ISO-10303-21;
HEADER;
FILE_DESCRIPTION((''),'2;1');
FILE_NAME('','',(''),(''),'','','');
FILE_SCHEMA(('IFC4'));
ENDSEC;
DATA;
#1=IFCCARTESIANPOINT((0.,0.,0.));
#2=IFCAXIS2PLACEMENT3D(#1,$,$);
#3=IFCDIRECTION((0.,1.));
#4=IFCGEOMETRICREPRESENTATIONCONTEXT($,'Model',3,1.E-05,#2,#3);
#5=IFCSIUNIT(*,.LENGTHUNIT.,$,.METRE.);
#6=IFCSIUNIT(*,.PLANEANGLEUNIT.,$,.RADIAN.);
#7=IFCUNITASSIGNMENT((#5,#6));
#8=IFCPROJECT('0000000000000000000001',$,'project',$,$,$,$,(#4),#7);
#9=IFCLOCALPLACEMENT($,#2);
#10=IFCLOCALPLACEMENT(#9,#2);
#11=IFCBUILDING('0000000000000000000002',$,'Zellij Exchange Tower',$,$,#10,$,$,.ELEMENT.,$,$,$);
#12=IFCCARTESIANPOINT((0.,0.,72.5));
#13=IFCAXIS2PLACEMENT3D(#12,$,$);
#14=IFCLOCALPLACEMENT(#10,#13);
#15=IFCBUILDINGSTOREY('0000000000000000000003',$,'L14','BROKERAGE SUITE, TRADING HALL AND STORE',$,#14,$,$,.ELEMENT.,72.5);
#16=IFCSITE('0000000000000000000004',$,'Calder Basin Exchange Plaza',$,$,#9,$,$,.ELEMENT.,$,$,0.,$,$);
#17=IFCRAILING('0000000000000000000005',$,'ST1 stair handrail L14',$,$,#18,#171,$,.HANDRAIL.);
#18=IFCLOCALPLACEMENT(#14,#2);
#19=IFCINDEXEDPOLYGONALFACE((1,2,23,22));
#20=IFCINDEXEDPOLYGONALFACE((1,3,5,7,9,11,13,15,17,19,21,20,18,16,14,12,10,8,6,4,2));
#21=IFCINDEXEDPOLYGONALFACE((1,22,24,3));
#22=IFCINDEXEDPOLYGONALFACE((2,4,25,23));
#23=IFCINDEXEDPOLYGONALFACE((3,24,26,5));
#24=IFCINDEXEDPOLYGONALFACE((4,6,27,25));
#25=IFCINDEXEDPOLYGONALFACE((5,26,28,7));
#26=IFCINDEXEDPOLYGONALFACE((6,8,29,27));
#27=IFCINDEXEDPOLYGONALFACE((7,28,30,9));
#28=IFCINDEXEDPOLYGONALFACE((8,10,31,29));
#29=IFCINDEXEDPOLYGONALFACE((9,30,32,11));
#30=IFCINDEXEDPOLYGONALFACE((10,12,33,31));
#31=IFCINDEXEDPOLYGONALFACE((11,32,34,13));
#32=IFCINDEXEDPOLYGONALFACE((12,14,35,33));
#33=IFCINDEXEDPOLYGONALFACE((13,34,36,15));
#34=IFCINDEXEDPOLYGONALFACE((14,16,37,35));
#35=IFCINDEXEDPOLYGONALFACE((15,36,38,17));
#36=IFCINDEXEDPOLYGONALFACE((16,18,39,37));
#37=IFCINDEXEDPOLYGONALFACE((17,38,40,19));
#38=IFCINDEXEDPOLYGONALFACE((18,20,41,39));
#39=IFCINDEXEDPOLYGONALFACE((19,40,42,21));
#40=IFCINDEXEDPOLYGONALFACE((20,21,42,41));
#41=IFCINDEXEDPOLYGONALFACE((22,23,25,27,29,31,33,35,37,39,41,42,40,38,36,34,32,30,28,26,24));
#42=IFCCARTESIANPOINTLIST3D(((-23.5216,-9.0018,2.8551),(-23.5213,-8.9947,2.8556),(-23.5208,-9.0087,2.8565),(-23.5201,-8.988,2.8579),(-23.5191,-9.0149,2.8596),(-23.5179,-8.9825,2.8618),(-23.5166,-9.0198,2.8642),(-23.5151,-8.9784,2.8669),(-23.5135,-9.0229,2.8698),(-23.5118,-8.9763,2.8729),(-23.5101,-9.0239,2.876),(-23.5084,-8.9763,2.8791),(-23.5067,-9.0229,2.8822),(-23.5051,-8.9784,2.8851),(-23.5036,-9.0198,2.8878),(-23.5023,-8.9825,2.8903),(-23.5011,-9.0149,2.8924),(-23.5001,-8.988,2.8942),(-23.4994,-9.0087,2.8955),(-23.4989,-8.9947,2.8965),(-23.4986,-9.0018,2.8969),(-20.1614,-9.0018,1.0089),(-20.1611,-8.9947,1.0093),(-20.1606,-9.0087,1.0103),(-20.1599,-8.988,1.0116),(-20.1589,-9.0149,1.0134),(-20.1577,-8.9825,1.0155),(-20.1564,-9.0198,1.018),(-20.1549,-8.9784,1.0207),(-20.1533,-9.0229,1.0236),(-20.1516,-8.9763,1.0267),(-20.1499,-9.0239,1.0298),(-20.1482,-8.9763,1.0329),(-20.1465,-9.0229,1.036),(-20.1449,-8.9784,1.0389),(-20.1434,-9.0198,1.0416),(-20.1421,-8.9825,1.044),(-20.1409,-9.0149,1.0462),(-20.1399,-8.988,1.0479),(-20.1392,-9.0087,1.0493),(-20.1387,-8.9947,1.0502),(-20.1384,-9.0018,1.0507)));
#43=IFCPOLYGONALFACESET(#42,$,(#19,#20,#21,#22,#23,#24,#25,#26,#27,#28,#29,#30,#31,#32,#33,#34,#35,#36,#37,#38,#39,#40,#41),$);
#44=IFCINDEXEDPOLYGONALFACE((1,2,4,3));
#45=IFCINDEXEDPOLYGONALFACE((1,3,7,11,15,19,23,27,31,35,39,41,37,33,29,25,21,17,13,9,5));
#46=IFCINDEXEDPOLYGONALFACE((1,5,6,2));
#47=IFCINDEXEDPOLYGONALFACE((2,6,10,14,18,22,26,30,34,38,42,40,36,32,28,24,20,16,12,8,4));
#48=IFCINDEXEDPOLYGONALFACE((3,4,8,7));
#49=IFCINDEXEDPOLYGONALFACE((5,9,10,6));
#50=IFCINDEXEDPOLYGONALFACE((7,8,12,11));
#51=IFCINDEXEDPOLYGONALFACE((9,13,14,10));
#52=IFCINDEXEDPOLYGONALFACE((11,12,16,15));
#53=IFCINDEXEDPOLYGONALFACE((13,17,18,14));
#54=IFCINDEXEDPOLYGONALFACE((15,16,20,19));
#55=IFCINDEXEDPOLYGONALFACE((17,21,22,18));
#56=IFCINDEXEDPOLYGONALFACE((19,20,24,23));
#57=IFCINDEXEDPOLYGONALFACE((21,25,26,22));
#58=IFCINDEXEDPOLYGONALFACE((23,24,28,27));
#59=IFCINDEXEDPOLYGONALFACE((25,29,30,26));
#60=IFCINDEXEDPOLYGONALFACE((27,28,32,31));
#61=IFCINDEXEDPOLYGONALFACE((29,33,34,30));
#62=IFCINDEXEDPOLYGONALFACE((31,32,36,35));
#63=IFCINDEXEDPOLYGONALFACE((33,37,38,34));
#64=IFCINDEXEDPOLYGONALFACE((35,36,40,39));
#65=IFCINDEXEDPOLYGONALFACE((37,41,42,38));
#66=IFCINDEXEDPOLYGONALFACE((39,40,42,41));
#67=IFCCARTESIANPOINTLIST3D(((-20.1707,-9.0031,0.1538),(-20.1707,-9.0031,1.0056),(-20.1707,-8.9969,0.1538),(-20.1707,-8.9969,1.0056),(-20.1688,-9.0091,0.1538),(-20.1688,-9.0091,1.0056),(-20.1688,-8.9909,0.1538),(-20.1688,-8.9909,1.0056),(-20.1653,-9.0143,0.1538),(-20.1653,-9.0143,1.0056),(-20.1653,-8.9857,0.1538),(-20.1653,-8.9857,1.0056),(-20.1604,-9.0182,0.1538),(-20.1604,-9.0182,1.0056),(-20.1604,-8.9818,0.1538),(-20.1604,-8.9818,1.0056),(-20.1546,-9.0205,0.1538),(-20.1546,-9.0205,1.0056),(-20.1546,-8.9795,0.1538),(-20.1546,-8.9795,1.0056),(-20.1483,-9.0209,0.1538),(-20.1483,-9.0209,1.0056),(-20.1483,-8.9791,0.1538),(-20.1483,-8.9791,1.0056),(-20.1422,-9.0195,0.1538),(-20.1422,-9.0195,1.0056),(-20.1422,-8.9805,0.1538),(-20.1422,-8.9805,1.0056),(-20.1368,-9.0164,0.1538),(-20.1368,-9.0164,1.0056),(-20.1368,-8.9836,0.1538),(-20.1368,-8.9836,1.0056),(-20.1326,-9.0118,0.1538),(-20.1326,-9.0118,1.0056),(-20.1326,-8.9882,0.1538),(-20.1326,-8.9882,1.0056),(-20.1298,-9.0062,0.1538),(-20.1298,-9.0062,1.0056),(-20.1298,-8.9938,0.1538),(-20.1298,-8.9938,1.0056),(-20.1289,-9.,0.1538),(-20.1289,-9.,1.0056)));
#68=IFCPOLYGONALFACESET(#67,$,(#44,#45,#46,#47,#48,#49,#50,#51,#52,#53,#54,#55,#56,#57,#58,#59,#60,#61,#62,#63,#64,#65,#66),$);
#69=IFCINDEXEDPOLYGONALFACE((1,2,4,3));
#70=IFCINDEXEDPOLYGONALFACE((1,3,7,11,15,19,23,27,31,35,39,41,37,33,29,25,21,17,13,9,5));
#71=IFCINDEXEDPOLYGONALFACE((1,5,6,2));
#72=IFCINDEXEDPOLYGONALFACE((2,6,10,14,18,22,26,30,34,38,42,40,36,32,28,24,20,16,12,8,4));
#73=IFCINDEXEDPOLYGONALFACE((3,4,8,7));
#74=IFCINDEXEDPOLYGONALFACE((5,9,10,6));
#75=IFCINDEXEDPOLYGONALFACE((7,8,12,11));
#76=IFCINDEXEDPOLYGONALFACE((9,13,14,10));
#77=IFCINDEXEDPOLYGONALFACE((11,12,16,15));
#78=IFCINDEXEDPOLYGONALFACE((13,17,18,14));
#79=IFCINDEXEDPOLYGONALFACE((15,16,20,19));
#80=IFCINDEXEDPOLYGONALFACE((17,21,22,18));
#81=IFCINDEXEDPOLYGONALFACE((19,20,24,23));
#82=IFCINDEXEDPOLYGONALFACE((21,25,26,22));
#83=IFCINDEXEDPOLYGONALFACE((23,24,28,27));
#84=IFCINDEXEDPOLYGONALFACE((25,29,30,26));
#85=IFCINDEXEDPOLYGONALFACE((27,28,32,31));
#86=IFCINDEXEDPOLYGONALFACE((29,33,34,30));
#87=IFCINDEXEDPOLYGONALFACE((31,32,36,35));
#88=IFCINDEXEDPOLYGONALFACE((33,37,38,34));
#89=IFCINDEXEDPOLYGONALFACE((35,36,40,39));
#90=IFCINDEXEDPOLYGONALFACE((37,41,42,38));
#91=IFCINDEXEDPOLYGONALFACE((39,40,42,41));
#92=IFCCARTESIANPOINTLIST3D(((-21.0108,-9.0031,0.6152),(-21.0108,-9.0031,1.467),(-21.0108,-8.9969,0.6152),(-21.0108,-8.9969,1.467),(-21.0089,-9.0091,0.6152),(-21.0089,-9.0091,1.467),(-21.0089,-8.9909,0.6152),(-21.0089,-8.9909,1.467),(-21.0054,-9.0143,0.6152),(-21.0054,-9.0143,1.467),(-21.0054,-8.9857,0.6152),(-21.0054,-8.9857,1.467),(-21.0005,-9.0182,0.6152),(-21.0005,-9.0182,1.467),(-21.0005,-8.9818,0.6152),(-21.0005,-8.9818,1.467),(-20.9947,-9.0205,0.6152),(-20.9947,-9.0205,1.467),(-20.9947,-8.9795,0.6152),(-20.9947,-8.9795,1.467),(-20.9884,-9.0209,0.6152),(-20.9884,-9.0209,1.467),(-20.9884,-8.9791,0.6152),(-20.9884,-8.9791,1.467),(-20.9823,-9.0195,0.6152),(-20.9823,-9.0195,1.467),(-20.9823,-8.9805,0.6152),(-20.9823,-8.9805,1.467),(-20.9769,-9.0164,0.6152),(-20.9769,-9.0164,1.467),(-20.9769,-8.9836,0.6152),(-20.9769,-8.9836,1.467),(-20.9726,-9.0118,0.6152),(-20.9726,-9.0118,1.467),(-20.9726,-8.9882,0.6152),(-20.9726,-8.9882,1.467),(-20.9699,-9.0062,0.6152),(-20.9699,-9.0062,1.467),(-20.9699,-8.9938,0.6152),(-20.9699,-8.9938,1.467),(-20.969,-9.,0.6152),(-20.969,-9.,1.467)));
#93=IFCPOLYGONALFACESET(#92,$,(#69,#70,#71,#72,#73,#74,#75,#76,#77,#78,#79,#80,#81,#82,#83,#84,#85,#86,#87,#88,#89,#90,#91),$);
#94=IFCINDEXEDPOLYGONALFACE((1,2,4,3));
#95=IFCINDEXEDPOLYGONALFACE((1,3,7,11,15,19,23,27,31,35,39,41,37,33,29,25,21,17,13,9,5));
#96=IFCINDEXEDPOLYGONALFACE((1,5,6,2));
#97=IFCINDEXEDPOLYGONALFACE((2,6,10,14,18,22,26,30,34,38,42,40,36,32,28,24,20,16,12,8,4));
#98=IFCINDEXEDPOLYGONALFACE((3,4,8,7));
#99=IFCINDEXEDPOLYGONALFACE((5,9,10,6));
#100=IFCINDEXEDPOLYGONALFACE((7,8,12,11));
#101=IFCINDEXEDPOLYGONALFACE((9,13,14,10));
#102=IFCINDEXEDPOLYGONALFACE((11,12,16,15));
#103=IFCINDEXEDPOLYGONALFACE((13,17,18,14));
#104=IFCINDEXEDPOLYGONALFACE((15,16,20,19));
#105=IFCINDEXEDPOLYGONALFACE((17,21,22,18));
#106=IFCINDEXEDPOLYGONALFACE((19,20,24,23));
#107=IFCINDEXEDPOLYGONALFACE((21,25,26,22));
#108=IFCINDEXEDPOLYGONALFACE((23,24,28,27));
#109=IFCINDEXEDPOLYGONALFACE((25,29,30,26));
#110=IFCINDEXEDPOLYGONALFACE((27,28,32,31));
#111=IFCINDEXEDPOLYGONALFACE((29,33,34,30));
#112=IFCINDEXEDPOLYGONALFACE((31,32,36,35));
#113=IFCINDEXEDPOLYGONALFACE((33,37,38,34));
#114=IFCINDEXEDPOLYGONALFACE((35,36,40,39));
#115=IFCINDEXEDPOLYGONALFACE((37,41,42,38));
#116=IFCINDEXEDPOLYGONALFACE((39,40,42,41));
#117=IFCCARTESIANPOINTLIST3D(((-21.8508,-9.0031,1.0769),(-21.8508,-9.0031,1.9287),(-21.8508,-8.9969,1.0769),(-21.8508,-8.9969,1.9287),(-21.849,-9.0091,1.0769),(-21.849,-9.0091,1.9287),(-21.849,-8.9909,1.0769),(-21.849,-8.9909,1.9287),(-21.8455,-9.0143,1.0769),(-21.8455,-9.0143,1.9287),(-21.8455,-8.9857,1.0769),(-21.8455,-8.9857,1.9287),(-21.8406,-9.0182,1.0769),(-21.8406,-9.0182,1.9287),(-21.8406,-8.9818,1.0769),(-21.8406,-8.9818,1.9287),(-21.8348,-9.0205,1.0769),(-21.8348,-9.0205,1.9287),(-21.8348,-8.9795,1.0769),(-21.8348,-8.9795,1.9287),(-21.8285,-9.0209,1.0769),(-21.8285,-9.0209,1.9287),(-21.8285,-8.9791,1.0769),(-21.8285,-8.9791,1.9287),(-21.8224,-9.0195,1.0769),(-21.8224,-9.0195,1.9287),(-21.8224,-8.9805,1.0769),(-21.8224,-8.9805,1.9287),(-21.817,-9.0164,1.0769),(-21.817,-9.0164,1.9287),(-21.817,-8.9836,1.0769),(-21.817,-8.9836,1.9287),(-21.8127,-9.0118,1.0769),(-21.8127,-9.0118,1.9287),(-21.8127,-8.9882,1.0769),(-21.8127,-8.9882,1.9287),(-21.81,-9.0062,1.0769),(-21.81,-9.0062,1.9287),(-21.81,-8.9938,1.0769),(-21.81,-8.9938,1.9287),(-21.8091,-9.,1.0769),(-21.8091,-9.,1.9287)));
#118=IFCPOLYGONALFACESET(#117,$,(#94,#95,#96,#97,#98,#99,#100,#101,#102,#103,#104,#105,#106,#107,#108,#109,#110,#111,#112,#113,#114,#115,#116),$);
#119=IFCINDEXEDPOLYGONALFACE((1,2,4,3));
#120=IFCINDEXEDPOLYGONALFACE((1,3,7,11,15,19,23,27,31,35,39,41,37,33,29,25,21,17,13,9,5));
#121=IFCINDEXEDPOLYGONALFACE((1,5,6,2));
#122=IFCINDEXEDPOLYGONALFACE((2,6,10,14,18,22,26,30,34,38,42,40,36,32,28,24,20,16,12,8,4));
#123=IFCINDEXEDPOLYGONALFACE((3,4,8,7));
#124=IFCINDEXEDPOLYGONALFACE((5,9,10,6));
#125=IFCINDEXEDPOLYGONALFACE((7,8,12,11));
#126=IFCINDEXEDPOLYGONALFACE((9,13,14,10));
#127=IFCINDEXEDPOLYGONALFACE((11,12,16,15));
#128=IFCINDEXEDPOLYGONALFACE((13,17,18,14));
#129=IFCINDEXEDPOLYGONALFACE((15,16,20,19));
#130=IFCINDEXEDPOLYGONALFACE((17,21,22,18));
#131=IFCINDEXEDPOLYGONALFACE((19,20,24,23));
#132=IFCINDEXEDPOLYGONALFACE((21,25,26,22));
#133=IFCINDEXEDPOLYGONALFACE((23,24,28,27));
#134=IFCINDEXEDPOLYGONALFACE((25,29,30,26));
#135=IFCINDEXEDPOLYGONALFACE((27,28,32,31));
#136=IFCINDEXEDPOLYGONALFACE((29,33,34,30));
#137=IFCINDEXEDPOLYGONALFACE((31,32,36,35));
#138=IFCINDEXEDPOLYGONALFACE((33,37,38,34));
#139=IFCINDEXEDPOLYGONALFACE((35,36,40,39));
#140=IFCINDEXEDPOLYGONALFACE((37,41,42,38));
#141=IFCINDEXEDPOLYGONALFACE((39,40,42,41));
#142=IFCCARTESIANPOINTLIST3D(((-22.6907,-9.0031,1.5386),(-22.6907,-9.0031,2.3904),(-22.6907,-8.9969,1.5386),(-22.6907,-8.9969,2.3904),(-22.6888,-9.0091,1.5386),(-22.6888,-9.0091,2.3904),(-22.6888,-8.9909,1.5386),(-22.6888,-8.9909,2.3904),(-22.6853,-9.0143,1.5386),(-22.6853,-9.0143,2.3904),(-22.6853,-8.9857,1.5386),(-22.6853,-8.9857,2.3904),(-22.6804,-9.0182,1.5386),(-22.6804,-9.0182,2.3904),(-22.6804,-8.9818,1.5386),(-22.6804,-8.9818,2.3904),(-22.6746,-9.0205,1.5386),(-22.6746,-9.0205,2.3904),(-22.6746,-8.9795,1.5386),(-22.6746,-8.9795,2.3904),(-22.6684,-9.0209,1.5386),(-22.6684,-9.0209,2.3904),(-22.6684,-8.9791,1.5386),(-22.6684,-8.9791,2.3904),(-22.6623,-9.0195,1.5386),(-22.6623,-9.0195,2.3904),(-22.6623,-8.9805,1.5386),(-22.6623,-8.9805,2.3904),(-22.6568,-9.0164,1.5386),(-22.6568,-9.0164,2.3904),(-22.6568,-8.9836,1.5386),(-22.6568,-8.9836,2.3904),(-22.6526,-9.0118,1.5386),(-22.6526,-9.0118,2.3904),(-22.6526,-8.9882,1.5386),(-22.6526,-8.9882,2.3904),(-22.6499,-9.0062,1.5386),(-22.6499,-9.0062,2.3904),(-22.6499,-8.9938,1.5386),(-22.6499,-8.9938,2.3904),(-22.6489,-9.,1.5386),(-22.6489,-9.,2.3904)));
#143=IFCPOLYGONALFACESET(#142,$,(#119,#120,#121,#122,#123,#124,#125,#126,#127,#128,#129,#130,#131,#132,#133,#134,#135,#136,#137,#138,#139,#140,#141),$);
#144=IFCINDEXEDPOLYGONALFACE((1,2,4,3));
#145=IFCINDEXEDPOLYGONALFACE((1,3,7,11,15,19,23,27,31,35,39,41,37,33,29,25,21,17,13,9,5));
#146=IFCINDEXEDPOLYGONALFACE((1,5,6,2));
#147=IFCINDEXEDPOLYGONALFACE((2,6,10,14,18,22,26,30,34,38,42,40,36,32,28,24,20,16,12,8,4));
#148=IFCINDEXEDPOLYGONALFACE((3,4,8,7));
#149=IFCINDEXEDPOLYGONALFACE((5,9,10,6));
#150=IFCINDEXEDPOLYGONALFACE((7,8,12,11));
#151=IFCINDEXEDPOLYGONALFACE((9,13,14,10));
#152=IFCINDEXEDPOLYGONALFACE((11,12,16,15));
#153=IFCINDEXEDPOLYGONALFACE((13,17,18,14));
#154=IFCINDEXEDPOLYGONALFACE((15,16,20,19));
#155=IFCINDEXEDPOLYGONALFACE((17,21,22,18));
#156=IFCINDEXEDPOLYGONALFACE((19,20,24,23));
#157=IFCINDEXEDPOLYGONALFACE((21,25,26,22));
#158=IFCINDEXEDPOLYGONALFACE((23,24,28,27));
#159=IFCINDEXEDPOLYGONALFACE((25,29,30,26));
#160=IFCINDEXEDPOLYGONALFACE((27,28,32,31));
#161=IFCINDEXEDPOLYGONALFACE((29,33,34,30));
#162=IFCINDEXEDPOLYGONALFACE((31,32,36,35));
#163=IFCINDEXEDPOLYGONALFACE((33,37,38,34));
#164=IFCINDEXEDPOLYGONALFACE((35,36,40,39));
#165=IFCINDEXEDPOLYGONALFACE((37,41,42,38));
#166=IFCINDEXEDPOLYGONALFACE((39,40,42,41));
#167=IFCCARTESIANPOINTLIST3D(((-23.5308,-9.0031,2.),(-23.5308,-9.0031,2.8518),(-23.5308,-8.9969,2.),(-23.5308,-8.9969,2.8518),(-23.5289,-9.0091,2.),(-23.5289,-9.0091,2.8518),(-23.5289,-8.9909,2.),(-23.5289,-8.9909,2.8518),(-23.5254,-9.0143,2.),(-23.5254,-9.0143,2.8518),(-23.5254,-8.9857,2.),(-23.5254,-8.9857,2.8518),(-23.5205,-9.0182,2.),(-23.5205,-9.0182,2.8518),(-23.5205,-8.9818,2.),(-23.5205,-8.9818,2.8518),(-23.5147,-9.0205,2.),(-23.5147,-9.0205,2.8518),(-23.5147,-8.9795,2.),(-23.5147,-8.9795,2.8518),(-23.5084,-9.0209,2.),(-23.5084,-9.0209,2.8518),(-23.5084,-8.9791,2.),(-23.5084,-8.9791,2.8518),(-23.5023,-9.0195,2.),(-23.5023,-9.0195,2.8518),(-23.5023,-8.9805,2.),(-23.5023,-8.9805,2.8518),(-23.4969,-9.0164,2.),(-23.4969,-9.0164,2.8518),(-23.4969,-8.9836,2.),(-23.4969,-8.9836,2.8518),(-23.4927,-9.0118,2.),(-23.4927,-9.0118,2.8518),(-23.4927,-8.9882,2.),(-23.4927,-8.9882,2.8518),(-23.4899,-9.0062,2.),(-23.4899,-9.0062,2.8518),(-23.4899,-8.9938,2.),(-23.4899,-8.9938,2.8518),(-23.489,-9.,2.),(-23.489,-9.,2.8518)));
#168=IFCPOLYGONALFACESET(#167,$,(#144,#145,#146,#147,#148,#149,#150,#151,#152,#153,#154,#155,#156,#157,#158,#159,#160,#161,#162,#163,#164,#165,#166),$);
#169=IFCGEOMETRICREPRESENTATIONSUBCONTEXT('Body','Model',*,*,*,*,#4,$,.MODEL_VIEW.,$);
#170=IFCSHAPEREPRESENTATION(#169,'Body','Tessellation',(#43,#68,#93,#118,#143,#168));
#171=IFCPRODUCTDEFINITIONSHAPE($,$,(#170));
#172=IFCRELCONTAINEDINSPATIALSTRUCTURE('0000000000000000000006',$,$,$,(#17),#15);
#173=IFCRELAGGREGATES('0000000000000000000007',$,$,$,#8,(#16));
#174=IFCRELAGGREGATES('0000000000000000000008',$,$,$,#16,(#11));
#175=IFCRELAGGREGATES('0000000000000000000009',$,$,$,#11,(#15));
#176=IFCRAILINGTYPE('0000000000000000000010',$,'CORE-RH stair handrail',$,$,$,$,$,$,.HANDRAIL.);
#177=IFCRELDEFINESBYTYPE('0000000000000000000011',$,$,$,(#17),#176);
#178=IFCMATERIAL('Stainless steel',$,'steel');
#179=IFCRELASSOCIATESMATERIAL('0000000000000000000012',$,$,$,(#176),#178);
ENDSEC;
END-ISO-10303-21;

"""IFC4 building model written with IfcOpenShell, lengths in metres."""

from ifc_helpers import new_model, si_unit, direction, frame, origin, origin_2d, place, context, subcontext, project, spatial, circle, extrude, material, type_object, element, save


model = new_model("IFC4")

# Units and contexts
model_context = context("Model", 3, precision=1e-05, world=origin(), true_north=direction((0.0, 1.0)))
body_context = subcontext(model_context, "Body", "Model", "MODEL_VIEW")
ifc_project = project(units=[si_unit("LENGTHUNIT", "METRE"), si_unit("PLANEANGLEUNIT", "RADIAN")], contexts=[model_context])

# Site, building, storey
site_placement = place(None, origin())
site = spatial("IfcSite", under=ifc_project, at=site_placement, Name="Calder Basin Exchange Plaza", CompositionType="ELEMENT", RefElevation=0.0)
building_placement = place(site_placement, origin())
building = spatial("IfcBuilding", under=site, at=building_placement, Name="Zellij Exchange Tower", CompositionType="ELEMENT")
storey_placement = place(building_placement, frame((0.0, 0.0, 72.5)))
storey = spatial("IfcBuildingStorey", under=building, at=storey_placement, Name="L14", Description="BROKERAGE SUITE, TRADING HALL AND STORE", CompositionType="ELEMENT", Elevation=72.5)

# Railing
ifc_material_1 = material(Name="Stainless steel", Category="steel")
railing_type = type_object("IfcRailingType", Name="CORE-RH stair handrail", PredefinedType="HANDRAIL", material=ifc_material_1)
railing_1_placement = place(storey_placement, frame((-20.1499, -9.0, 0.1538)))
element("IfcRailing", 1, at=railing_1_placement, inside=storey, type_object=railing_type, Name="ST1 stair handrail L14", PredefinedType="HANDRAIL", context=body_context, shape_type="SweptSolid", body=[
    extrude(circle(Radius=0.0239, at=origin_2d()), frame((0.0, 0.0, 0.876), z_axis=(-0.876422, 0.0, 0.481545), x_axis=(0.0, -1.0, 0.0)), (0.0, 0.0, 1.0), 3.834),
    extrude(circle(Radius=0.021, at=origin_2d()), origin(), (0.0, 0.0, 1.0), 0.8518),
    extrude(circle(Radius=0.021, at=origin_2d()), frame((-0.8401, 0.0, 0.4614)), (0.0, 0.0, 1.0), 0.8518),
    extrude(circle(Radius=0.021, at=origin_2d()), frame((-1.6802, 0.0, 0.9231)), (0.0, 0.0, 1.0), 0.8518),
    extrude(circle(Radius=0.021, at=origin_2d()), frame((-2.52, 0.0, 1.3848)), (0.0, 0.0, 1.0), 0.8518),
    extrude(circle(Radius=0.021, at=origin_2d()), frame((-3.3601, 0.0, 1.8462)), (0.0, 0.0, 1.0), 0.8518),
])

save(model, "model.ifc")
